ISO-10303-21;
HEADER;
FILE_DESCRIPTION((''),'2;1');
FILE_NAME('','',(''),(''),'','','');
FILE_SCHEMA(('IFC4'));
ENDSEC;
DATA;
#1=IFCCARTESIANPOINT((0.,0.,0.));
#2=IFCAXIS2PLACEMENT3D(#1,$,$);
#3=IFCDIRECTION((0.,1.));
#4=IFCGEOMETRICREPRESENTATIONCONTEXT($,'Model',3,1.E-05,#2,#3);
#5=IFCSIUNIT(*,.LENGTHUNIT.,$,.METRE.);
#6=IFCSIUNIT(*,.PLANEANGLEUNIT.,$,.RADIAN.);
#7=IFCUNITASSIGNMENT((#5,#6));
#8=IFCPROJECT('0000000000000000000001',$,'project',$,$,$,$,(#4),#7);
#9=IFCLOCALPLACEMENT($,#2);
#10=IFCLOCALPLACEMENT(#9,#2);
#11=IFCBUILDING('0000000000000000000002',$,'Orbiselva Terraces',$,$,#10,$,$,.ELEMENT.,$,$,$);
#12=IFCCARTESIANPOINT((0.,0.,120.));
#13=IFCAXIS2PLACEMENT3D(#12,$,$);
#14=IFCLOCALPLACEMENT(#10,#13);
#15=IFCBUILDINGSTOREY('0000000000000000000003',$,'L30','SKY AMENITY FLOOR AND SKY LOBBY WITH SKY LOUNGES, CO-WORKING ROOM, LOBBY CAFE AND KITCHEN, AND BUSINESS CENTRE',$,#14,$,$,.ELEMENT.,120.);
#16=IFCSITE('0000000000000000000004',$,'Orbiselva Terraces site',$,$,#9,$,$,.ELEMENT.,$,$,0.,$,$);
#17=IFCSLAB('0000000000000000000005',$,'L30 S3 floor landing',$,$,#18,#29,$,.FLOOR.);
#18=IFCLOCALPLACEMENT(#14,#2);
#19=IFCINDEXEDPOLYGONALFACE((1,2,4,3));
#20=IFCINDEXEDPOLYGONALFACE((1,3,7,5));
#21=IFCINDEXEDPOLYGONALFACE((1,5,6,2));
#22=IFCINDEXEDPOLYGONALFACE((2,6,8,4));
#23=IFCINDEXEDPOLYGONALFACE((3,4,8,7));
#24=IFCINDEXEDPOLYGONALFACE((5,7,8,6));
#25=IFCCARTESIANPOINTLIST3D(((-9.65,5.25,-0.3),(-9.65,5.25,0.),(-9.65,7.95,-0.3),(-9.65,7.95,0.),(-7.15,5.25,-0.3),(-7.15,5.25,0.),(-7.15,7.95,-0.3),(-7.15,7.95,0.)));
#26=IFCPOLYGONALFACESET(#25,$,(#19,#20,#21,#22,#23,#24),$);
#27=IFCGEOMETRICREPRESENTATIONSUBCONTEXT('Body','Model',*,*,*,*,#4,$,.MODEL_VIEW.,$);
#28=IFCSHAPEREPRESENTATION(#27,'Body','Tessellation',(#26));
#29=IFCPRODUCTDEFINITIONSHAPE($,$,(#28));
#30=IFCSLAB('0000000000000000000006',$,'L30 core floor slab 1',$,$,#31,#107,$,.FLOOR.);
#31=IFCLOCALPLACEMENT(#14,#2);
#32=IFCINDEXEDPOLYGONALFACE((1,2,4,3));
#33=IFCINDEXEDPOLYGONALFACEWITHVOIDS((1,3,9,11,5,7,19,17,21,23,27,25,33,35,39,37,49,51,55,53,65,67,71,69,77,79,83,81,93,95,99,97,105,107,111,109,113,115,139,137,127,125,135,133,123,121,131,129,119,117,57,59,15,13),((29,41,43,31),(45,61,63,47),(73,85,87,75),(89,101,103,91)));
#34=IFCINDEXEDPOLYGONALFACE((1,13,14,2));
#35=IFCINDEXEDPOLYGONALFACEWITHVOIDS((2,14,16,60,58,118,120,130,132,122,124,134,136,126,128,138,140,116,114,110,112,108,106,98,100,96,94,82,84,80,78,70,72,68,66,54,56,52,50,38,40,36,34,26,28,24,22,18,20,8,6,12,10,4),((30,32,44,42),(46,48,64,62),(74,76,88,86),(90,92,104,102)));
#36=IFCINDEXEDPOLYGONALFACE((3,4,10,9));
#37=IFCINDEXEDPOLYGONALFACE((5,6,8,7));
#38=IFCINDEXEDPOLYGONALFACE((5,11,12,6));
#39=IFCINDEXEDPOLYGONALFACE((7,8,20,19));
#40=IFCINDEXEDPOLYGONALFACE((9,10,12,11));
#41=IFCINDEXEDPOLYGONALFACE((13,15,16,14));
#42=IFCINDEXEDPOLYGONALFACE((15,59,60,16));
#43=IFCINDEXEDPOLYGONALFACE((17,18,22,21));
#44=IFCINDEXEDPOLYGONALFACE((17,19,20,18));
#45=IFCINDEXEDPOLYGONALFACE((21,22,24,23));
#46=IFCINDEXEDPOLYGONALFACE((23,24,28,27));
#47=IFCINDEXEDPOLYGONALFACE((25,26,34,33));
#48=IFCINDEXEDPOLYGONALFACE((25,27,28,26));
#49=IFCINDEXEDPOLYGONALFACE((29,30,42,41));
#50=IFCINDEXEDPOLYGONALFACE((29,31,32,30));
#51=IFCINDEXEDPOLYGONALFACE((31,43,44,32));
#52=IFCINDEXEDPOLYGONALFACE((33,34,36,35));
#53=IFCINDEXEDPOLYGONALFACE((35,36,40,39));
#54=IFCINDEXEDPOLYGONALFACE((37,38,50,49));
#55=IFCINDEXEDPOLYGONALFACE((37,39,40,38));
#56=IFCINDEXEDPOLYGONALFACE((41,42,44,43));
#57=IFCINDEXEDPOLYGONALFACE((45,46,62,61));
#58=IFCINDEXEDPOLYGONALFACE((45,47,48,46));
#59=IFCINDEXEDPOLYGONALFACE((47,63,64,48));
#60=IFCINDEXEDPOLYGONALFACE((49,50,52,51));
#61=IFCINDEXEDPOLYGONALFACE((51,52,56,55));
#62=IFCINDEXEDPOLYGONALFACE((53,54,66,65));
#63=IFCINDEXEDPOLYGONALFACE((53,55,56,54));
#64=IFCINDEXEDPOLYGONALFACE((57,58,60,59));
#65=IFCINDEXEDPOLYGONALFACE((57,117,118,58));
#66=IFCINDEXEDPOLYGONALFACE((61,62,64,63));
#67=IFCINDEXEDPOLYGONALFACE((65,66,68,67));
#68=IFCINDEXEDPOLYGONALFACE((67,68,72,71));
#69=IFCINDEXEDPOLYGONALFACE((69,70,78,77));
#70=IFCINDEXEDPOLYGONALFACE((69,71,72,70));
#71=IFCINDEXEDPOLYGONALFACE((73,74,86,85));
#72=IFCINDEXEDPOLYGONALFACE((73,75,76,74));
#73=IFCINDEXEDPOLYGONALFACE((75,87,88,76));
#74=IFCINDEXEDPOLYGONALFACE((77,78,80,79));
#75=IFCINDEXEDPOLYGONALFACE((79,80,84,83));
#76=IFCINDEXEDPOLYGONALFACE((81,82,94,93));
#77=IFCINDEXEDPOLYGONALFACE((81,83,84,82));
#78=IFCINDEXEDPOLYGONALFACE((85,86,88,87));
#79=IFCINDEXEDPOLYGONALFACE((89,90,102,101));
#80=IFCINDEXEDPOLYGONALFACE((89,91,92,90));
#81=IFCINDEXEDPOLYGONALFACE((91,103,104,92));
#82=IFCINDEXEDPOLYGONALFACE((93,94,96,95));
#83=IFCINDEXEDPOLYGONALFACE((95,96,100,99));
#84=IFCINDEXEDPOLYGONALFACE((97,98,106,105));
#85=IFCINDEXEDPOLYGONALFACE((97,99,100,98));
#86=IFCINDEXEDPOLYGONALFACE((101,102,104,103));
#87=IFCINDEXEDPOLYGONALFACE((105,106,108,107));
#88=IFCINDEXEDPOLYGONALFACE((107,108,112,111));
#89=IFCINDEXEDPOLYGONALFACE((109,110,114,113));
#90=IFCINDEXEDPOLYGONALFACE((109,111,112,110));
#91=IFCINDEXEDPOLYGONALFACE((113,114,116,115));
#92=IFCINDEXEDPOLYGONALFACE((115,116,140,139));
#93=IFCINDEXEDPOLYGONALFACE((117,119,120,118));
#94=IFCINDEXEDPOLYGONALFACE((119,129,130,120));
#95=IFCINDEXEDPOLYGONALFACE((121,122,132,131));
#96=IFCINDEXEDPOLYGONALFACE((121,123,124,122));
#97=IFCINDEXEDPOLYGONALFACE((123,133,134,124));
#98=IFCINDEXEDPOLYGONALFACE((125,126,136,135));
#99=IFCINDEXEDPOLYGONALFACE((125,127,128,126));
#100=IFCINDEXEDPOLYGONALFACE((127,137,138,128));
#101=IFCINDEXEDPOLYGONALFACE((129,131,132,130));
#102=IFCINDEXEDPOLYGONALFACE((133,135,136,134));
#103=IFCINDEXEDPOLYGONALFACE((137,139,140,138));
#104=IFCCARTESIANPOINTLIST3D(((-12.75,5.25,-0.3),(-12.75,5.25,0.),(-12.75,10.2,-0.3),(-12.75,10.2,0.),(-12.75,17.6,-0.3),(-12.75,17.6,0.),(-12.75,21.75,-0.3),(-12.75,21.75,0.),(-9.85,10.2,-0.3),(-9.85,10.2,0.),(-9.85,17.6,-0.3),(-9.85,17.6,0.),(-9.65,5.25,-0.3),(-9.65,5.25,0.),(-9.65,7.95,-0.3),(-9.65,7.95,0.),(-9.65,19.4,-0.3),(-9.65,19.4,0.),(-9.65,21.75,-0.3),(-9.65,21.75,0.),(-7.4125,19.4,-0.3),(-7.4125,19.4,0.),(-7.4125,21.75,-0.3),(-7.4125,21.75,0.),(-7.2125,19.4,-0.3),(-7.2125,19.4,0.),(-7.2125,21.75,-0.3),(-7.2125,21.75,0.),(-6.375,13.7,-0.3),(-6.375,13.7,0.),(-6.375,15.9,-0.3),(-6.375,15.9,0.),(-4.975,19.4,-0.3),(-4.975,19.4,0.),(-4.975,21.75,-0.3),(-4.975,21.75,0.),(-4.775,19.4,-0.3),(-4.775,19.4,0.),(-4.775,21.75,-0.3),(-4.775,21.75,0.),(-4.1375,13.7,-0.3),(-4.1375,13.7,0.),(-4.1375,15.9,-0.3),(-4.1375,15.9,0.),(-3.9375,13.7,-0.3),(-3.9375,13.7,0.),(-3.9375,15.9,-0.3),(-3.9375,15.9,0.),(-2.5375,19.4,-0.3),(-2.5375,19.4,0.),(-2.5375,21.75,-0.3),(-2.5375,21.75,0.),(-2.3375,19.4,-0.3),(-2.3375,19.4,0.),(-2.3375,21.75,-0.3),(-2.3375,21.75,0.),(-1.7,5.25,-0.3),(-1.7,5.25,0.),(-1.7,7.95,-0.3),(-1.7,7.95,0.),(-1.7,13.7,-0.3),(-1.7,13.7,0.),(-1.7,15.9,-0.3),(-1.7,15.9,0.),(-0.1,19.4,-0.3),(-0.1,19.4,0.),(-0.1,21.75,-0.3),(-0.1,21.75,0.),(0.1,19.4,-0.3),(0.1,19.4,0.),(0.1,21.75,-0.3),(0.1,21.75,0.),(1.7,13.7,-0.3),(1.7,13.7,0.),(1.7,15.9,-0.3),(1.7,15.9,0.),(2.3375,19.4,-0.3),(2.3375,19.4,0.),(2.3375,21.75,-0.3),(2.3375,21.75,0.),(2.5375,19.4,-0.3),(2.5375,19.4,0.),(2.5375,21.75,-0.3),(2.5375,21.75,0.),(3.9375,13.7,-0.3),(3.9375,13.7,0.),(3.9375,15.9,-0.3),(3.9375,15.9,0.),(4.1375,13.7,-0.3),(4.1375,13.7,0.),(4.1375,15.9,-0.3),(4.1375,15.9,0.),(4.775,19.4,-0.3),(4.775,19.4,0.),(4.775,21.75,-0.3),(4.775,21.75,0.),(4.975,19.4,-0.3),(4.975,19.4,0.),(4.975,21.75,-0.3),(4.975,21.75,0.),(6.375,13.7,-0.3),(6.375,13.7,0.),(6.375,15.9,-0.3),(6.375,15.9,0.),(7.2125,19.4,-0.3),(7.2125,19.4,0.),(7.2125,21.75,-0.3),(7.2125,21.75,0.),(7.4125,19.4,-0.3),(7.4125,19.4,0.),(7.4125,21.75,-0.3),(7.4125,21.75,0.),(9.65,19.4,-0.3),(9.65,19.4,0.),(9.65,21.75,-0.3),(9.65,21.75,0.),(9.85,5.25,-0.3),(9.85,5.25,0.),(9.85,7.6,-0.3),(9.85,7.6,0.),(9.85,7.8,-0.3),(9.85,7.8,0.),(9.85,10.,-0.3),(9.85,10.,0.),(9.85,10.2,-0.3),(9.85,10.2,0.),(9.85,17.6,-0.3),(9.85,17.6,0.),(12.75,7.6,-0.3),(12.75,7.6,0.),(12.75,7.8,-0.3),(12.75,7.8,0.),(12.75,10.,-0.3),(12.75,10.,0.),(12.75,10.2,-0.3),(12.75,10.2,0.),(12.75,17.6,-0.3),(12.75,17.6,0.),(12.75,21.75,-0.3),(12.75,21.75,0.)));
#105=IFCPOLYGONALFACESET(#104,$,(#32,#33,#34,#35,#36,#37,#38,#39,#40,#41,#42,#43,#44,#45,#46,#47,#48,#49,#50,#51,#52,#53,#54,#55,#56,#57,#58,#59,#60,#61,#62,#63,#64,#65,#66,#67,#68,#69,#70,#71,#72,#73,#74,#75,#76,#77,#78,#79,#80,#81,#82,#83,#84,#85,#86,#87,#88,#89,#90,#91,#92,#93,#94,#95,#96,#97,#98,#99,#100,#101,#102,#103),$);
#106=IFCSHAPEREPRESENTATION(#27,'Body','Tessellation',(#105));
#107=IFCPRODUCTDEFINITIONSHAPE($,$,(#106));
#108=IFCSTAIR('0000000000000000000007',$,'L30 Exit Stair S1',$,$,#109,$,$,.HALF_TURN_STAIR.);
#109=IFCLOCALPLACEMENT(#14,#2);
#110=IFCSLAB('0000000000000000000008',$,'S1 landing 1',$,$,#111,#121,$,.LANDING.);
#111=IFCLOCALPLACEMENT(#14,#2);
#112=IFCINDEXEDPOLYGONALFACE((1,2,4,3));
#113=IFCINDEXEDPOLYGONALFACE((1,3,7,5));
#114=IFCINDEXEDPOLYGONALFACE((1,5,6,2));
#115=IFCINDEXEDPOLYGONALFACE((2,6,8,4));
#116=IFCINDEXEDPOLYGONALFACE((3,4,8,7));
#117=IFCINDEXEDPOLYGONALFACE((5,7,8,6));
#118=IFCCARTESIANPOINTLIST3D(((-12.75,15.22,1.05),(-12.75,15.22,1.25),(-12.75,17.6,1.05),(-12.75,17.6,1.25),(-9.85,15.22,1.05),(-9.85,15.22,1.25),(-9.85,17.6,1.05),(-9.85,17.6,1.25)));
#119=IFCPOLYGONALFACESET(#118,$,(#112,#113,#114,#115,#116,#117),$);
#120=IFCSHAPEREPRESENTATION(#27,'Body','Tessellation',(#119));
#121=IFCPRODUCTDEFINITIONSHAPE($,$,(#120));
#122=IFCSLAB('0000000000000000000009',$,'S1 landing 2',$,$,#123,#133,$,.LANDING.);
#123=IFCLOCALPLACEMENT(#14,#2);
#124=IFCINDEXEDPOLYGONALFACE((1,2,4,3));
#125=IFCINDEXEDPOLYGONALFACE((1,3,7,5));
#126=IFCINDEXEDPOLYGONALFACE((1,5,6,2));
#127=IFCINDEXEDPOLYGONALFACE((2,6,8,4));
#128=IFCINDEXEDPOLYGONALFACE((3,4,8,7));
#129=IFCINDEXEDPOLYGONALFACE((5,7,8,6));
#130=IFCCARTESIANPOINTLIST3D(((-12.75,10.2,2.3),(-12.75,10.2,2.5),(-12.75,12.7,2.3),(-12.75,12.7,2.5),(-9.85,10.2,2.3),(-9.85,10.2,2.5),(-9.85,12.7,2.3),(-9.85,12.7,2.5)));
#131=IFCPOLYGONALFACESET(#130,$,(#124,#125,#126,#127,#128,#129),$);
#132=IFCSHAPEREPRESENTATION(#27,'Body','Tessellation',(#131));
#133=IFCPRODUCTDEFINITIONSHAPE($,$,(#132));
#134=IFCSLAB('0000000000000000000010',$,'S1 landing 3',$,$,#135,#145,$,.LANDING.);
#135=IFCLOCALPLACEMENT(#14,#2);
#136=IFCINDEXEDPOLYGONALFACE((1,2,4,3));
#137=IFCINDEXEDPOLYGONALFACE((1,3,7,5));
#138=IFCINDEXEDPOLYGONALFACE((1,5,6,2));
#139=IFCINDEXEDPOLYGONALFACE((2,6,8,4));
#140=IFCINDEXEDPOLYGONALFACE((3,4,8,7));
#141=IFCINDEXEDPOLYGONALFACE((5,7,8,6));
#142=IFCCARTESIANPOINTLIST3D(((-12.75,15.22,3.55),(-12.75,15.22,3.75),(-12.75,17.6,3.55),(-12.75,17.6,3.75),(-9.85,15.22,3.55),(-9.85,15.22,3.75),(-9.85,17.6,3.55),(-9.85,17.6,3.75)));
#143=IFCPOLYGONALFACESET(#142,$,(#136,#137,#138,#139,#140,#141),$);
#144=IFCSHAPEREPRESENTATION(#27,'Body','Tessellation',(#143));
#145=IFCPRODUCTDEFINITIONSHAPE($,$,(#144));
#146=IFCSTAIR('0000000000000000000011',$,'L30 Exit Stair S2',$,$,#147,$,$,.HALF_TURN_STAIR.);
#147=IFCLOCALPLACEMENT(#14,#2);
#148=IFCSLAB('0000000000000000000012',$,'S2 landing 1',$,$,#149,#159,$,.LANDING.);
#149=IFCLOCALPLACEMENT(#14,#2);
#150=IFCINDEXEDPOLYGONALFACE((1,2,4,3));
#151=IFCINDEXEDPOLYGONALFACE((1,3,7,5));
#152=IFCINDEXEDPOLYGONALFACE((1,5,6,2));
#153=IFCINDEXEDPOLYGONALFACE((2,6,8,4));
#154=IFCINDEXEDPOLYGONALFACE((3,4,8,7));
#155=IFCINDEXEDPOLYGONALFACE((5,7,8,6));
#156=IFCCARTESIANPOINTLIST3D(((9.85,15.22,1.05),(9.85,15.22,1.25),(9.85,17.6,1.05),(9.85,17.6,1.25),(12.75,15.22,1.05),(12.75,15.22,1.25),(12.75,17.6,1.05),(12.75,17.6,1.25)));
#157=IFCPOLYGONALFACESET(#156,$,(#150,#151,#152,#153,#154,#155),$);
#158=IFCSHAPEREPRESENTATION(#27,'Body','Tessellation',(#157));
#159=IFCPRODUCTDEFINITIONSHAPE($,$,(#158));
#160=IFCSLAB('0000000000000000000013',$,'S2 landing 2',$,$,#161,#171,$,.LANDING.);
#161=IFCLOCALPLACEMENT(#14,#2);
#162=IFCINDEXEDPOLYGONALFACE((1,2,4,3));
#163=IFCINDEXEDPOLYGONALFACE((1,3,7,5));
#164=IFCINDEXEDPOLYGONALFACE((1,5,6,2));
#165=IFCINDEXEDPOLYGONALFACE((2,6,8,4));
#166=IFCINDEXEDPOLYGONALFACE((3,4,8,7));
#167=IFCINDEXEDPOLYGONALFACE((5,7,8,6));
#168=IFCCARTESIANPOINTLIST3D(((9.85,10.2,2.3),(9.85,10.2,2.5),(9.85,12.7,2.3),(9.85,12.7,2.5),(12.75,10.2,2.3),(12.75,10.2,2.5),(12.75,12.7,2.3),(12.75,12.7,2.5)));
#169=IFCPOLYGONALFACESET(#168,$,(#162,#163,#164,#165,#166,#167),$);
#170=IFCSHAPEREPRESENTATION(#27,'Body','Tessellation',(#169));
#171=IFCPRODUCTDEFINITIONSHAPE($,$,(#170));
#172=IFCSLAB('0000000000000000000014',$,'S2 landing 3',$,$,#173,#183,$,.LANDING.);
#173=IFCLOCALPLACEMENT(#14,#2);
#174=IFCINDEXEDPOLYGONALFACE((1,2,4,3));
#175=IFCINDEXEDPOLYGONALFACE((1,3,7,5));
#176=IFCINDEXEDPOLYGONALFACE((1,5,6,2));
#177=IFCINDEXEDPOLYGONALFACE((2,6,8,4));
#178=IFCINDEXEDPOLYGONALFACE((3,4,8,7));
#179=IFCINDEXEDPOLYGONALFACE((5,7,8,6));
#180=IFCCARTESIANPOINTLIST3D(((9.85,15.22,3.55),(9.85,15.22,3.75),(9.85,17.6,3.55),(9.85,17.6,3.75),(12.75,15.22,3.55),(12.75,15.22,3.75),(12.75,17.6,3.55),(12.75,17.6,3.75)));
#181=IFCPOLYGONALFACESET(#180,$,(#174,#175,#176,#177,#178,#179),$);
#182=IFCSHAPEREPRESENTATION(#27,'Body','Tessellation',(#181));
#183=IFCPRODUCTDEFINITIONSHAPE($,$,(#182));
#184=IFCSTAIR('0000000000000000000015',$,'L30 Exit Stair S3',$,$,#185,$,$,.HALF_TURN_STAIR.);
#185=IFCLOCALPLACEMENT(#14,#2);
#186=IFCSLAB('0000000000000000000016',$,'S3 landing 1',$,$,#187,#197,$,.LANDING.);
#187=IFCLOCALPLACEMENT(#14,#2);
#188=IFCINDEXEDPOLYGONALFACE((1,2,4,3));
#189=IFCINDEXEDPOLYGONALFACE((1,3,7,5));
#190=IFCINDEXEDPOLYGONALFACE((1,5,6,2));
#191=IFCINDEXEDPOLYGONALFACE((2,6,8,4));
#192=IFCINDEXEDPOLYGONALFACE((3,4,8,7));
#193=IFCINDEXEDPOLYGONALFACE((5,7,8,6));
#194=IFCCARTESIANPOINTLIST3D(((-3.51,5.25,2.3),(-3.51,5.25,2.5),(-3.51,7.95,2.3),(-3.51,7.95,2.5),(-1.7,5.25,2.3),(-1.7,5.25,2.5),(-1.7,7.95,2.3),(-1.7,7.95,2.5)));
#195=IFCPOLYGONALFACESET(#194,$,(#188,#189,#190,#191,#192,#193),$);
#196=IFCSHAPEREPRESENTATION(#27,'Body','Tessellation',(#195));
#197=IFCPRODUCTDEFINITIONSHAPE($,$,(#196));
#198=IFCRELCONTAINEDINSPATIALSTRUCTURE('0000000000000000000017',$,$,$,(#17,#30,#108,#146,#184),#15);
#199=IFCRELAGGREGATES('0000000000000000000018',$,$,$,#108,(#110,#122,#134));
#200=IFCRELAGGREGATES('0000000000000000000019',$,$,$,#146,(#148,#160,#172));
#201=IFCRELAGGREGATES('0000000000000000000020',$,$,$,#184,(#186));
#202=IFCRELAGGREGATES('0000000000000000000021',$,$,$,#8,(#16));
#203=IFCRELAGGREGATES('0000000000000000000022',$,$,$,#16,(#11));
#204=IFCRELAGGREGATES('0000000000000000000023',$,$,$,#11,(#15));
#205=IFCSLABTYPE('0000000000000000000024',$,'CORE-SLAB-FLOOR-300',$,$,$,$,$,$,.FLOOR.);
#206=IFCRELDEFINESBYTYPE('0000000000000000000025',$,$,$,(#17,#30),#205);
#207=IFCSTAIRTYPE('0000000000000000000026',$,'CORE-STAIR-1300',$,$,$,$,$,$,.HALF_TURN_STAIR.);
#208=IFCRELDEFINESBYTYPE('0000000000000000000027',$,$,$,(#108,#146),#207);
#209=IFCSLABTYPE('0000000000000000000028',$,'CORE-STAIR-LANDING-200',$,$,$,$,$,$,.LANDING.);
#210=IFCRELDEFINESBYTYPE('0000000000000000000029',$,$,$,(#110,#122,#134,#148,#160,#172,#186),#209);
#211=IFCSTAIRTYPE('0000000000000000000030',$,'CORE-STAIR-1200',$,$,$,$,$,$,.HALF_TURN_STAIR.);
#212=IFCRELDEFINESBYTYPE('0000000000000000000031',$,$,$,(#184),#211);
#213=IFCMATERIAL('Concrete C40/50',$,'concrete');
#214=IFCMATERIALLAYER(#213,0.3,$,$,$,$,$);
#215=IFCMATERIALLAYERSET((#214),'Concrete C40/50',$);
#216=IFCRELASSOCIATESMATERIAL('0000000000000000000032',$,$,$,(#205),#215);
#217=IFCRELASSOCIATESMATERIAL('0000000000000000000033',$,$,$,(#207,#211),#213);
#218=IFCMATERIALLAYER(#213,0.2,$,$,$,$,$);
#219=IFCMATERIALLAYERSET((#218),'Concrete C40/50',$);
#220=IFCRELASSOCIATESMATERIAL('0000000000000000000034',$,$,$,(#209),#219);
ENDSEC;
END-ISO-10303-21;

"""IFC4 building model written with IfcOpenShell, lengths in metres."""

from ifc_helpers import new_model, si_unit, direction, frame, origin, place, context, subcontext, project, spatial, polyline, outline, extrude, material, layer, layer_set, type_object, element, aggregate, save


model = new_model("IFC4")

# Units and contexts
model_context = context("Model", 3, precision=1e-05, world=origin(), true_north=direction((0.0, 1.0)))
body_context = subcontext(model_context, "Body", "Model", "MODEL_VIEW")
ifc_project = project(units=[si_unit("LENGTHUNIT", "METRE"), si_unit("PLANEANGLEUNIT", "RADIAN")], contexts=[model_context])

# Site, building, storey
site_placement = place(None, origin())
site = spatial("IfcSite", under=ifc_project, at=site_placement, Name="Orbiselva Terraces site", CompositionType="ELEMENT", RefElevation=0.0)
building_placement = place(site_placement, origin())
building = spatial("IfcBuilding", under=site, at=building_placement, Name="Orbiselva Terraces", CompositionType="ELEMENT")
storey_placement = place(building_placement, frame((0.0, 0.0, 120.0)))
storey = spatial("IfcBuildingStorey", under=building, at=storey_placement, Name="L30", Description="SKY AMENITY FLOOR AND SKY LOBBY WITH SKY LOUNGES, CO-WORKING ROOM, LOBBY CAFE AND KITCHEN, AND BUSINESS CENTRE", CompositionType="ELEMENT", Elevation=120.0)

# Slabs
ifc_material_1 = material(Name="Concrete C40/50", Category="concrete")
ifc_layer_1 = layer(ifc_material_1, 0.3)
ifc_layer_set_1 = layer_set([ifc_layer_1], Name="Concrete C40/50")
slab_type_1 = type_object("IfcSlabType", Name="CORE-SLAB-FLOOR-300", PredefinedType="FLOOR", material=ifc_layer_set_1)
slab_1_placement = place(storey_placement, frame((0.0, 0.0, -0.3)))
element("IfcSlab", 1, at=slab_1_placement, inside=storey, type_object=slab_type_1, Name="L30 S3 floor landing", PredefinedType="FLOOR", context=body_context, shape_type="SweptSolid", body=[
    extrude(outline(polyline([(-7.15, 5.25), (-9.65, 5.25), (-9.65, 7.95), (-7.15, 7.95), (-7.15, 5.25)])), origin(), (0.0, 0.0, 1.0), 0.3),
])
slab_2_placement = place(storey_placement, frame((0.0, 0.0, -0.3)))
element("IfcSlab", 2, at=slab_2_placement, inside=storey, type_object=slab_type_1, Name="L30 core floor slab 1", PredefinedType="FLOOR", context=body_context, shape_type="SweptSolid", body=[
    extrude(outline(polyline([(-1.7, 5.25), (-1.7, 7.95), (-9.65, 7.95), (-9.65, 5.25), (-12.75, 5.25), (-12.75, 10.2), (-9.85, 10.2), (-9.85, 17.6), (-12.75, 17.6), (-12.75, 21.75), (-9.65, 21.75), (-9.65, 19.4), (-7.4125, 19.4), (-7.4125, 21.75), (-7.2125, 21.75), (-7.2125, 19.4), (-4.975, 19.4), (-4.975, 21.75), (-4.775, 21.75), (-4.775, 19.4), (-2.5375, 19.4), (-2.5375, 21.75), (-2.3375, 21.75), (-2.3375, 19.4), (-0.1, 19.4), (-0.1, 21.75), (0.1, 21.75), (0.1, 19.4), (2.3375, 19.4), (2.3375, 21.75), (2.5375, 21.75), (2.5375, 19.4), (4.775, 19.4), (4.775, 21.75), (4.975, 21.75), (4.975, 19.4), (7.2125, 19.4), (7.2125, 21.75), (7.4125, 21.75), (7.4125, 19.4), (9.65, 19.4), (9.65, 21.75), (12.75, 21.75), (12.75, 17.6), (9.85, 17.6), (9.85, 10.2), (12.75, 10.2), (12.75, 10.0), (9.85, 10.0), (9.85, 7.8), (12.75, 7.8), (12.75, 7.6), (9.85, 7.6), (9.85, 5.25), (-1.7, 5.25)]), holes=[polyline([(-4.1375, 13.7), (-4.1375, 15.9), (-6.375, 15.9), (-6.375, 13.7), (-4.1375, 13.7)]), polyline([(-1.7, 13.7), (-1.7, 15.9), (-3.9375, 15.9), (-3.9375, 13.7), (-1.7, 13.7)]), polyline([(3.9375, 13.7), (3.9375, 15.9), (1.7, 15.9), (1.7, 13.7), (3.9375, 13.7)]), polyline([(6.375, 13.7), (6.375, 15.9), (4.1375, 15.9), (4.1375, 13.7), (6.375, 13.7)])]), origin(), (0.0, 0.0, 1.0), 0.3),
])

# Stairs, slabs
stair_type_1 = type_object("IfcStairType", Name="CORE-STAIR-1300", PredefinedType="HALF_TURN_STAIR", material=ifc_material_1)
stair_1_placement = place(storey_placement, origin())
stair_1 = element("IfcStair", 3, at=stair_1_placement, inside=storey, type_object=stair_type_1, Name="L30 Exit Stair S1", PredefinedType="HALF_TURN_STAIR")
ifc_layer_2 = layer(ifc_material_1, 0.2)
ifc_layer_set_2 = layer_set([ifc_layer_2], Name="Concrete C40/50")
slab_type_2 = type_object("IfcSlabType", Name="CORE-STAIR-LANDING-200", PredefinedType="LANDING", material=ifc_layer_set_2)
slab_3_placement = place(storey_placement, frame((0.0, 0.0, 1.05)))
slab_3 = element("IfcSlab", 4, at=slab_3_placement, type_object=slab_type_2, Name="S1 landing 1", PredefinedType="LANDING", context=body_context, shape_type="SweptSolid", body=[
    extrude(outline(polyline([(-9.85, 15.22), (-9.85, 17.6), (-12.75, 17.6), (-12.75, 15.22), (-9.85, 15.22)])), origin(), (0.0, 0.0, 1.0), 0.2),
])
slab_4_placement = place(storey_placement, frame((0.0, 0.0, 2.3)))
slab_4 = element("IfcSlab", 5, at=slab_4_placement, type_object=slab_type_2, Name="S1 landing 2", PredefinedType="LANDING", context=body_context, shape_type="SweptSolid", body=[
    extrude(outline(polyline([(-9.85, 10.2), (-9.85, 12.7), (-12.75, 12.7), (-12.75, 10.2), (-9.85, 10.2)])), origin(), (0.0, 0.0, 1.0), 0.2),
])
slab_5_placement = place(storey_placement, frame((0.0, 0.0, 3.55)))
slab_5 = element("IfcSlab", 6, at=slab_5_placement, type_object=slab_type_2, Name="S1 landing 3", PredefinedType="LANDING", context=body_context, shape_type="SweptSolid", body=[
    extrude(outline(polyline([(-9.85, 15.22), (-9.85, 17.6), (-12.75, 17.6), (-12.75, 15.22), (-9.85, 15.22)])), origin(), (0.0, 0.0, 1.0), 0.2),
])
aggregate(stair_1, [slab_3, slab_4, slab_5])
stair_2_placement = place(storey_placement, origin())
stair_2 = element("IfcStair", 7, at=stair_2_placement, inside=storey, type_object=stair_type_1, Name="L30 Exit Stair S2", PredefinedType="HALF_TURN_STAIR")
slab_6_placement = place(storey_placement, frame((0.0, 0.0, 1.05)))
slab_6 = element("IfcSlab", 8, at=slab_6_placement, type_object=slab_type_2, Name="S2 landing 1", PredefinedType="LANDING", context=body_context, shape_type="SweptSolid", body=[
    extrude(outline(polyline([(12.75, 15.22), (12.75, 17.6), (9.85, 17.6), (9.85, 15.22), (12.75, 15.22)])), origin(), (0.0, 0.0, 1.0), 0.2),
])
slab_7_placement = place(storey_placement, frame((0.0, 0.0, 2.3)))
slab_7 = element("IfcSlab", 9, at=slab_7_placement, type_object=slab_type_2, Name="S2 landing 2", PredefinedType="LANDING", context=body_context, shape_type="SweptSolid", body=[
    extrude(outline(polyline([(12.75, 10.2), (12.75, 12.7), (9.85, 12.7), (9.85, 10.2), (12.75, 10.2)])), origin(), (0.0, 0.0, 1.0), 0.2),
])
slab_8_placement = place(storey_placement, frame((0.0, 0.0, 3.55)))
slab_8 = element("IfcSlab", 10, at=slab_8_placement, type_object=slab_type_2, Name="S2 landing 3", PredefinedType="LANDING", context=body_context, shape_type="SweptSolid", body=[
    extrude(outline(polyline([(12.75, 15.22), (12.75, 17.6), (9.85, 17.6), (9.85, 15.22), (12.75, 15.22)])), origin(), (0.0, 0.0, 1.0), 0.2),
])
aggregate(stair_2, [slab_6, slab_7, slab_8])

# Stair, slab
stair_type_2 = type_object("IfcStairType", Name="CORE-STAIR-1200", PredefinedType="HALF_TURN_STAIR", material=ifc_material_1)
stair_3_placement = place(storey_placement, origin())
stair_3 = element("IfcStair", 11, at=stair_3_placement, inside=storey, type_object=stair_type_2, Name="L30 Exit Stair S3", PredefinedType="HALF_TURN_STAIR")
slab_9_placement = place(storey_placement, frame((0.0, 0.0, 2.3)))
slab_9 = element("IfcSlab", 12, at=slab_9_placement, type_object=slab_type_2, Name="S3 landing 1", PredefinedType="LANDING", context=body_context, shape_type="SweptSolid", body=[
    extrude(outline(polyline([(-3.51, 5.25), (-1.7, 5.25), (-1.7, 7.95), (-3.51, 7.95), (-3.51, 5.25)])), origin(), (0.0, 0.0, 1.0), 0.2),
])
aggregate(stair_3, [slab_9])

save(model, "model.ifc")
